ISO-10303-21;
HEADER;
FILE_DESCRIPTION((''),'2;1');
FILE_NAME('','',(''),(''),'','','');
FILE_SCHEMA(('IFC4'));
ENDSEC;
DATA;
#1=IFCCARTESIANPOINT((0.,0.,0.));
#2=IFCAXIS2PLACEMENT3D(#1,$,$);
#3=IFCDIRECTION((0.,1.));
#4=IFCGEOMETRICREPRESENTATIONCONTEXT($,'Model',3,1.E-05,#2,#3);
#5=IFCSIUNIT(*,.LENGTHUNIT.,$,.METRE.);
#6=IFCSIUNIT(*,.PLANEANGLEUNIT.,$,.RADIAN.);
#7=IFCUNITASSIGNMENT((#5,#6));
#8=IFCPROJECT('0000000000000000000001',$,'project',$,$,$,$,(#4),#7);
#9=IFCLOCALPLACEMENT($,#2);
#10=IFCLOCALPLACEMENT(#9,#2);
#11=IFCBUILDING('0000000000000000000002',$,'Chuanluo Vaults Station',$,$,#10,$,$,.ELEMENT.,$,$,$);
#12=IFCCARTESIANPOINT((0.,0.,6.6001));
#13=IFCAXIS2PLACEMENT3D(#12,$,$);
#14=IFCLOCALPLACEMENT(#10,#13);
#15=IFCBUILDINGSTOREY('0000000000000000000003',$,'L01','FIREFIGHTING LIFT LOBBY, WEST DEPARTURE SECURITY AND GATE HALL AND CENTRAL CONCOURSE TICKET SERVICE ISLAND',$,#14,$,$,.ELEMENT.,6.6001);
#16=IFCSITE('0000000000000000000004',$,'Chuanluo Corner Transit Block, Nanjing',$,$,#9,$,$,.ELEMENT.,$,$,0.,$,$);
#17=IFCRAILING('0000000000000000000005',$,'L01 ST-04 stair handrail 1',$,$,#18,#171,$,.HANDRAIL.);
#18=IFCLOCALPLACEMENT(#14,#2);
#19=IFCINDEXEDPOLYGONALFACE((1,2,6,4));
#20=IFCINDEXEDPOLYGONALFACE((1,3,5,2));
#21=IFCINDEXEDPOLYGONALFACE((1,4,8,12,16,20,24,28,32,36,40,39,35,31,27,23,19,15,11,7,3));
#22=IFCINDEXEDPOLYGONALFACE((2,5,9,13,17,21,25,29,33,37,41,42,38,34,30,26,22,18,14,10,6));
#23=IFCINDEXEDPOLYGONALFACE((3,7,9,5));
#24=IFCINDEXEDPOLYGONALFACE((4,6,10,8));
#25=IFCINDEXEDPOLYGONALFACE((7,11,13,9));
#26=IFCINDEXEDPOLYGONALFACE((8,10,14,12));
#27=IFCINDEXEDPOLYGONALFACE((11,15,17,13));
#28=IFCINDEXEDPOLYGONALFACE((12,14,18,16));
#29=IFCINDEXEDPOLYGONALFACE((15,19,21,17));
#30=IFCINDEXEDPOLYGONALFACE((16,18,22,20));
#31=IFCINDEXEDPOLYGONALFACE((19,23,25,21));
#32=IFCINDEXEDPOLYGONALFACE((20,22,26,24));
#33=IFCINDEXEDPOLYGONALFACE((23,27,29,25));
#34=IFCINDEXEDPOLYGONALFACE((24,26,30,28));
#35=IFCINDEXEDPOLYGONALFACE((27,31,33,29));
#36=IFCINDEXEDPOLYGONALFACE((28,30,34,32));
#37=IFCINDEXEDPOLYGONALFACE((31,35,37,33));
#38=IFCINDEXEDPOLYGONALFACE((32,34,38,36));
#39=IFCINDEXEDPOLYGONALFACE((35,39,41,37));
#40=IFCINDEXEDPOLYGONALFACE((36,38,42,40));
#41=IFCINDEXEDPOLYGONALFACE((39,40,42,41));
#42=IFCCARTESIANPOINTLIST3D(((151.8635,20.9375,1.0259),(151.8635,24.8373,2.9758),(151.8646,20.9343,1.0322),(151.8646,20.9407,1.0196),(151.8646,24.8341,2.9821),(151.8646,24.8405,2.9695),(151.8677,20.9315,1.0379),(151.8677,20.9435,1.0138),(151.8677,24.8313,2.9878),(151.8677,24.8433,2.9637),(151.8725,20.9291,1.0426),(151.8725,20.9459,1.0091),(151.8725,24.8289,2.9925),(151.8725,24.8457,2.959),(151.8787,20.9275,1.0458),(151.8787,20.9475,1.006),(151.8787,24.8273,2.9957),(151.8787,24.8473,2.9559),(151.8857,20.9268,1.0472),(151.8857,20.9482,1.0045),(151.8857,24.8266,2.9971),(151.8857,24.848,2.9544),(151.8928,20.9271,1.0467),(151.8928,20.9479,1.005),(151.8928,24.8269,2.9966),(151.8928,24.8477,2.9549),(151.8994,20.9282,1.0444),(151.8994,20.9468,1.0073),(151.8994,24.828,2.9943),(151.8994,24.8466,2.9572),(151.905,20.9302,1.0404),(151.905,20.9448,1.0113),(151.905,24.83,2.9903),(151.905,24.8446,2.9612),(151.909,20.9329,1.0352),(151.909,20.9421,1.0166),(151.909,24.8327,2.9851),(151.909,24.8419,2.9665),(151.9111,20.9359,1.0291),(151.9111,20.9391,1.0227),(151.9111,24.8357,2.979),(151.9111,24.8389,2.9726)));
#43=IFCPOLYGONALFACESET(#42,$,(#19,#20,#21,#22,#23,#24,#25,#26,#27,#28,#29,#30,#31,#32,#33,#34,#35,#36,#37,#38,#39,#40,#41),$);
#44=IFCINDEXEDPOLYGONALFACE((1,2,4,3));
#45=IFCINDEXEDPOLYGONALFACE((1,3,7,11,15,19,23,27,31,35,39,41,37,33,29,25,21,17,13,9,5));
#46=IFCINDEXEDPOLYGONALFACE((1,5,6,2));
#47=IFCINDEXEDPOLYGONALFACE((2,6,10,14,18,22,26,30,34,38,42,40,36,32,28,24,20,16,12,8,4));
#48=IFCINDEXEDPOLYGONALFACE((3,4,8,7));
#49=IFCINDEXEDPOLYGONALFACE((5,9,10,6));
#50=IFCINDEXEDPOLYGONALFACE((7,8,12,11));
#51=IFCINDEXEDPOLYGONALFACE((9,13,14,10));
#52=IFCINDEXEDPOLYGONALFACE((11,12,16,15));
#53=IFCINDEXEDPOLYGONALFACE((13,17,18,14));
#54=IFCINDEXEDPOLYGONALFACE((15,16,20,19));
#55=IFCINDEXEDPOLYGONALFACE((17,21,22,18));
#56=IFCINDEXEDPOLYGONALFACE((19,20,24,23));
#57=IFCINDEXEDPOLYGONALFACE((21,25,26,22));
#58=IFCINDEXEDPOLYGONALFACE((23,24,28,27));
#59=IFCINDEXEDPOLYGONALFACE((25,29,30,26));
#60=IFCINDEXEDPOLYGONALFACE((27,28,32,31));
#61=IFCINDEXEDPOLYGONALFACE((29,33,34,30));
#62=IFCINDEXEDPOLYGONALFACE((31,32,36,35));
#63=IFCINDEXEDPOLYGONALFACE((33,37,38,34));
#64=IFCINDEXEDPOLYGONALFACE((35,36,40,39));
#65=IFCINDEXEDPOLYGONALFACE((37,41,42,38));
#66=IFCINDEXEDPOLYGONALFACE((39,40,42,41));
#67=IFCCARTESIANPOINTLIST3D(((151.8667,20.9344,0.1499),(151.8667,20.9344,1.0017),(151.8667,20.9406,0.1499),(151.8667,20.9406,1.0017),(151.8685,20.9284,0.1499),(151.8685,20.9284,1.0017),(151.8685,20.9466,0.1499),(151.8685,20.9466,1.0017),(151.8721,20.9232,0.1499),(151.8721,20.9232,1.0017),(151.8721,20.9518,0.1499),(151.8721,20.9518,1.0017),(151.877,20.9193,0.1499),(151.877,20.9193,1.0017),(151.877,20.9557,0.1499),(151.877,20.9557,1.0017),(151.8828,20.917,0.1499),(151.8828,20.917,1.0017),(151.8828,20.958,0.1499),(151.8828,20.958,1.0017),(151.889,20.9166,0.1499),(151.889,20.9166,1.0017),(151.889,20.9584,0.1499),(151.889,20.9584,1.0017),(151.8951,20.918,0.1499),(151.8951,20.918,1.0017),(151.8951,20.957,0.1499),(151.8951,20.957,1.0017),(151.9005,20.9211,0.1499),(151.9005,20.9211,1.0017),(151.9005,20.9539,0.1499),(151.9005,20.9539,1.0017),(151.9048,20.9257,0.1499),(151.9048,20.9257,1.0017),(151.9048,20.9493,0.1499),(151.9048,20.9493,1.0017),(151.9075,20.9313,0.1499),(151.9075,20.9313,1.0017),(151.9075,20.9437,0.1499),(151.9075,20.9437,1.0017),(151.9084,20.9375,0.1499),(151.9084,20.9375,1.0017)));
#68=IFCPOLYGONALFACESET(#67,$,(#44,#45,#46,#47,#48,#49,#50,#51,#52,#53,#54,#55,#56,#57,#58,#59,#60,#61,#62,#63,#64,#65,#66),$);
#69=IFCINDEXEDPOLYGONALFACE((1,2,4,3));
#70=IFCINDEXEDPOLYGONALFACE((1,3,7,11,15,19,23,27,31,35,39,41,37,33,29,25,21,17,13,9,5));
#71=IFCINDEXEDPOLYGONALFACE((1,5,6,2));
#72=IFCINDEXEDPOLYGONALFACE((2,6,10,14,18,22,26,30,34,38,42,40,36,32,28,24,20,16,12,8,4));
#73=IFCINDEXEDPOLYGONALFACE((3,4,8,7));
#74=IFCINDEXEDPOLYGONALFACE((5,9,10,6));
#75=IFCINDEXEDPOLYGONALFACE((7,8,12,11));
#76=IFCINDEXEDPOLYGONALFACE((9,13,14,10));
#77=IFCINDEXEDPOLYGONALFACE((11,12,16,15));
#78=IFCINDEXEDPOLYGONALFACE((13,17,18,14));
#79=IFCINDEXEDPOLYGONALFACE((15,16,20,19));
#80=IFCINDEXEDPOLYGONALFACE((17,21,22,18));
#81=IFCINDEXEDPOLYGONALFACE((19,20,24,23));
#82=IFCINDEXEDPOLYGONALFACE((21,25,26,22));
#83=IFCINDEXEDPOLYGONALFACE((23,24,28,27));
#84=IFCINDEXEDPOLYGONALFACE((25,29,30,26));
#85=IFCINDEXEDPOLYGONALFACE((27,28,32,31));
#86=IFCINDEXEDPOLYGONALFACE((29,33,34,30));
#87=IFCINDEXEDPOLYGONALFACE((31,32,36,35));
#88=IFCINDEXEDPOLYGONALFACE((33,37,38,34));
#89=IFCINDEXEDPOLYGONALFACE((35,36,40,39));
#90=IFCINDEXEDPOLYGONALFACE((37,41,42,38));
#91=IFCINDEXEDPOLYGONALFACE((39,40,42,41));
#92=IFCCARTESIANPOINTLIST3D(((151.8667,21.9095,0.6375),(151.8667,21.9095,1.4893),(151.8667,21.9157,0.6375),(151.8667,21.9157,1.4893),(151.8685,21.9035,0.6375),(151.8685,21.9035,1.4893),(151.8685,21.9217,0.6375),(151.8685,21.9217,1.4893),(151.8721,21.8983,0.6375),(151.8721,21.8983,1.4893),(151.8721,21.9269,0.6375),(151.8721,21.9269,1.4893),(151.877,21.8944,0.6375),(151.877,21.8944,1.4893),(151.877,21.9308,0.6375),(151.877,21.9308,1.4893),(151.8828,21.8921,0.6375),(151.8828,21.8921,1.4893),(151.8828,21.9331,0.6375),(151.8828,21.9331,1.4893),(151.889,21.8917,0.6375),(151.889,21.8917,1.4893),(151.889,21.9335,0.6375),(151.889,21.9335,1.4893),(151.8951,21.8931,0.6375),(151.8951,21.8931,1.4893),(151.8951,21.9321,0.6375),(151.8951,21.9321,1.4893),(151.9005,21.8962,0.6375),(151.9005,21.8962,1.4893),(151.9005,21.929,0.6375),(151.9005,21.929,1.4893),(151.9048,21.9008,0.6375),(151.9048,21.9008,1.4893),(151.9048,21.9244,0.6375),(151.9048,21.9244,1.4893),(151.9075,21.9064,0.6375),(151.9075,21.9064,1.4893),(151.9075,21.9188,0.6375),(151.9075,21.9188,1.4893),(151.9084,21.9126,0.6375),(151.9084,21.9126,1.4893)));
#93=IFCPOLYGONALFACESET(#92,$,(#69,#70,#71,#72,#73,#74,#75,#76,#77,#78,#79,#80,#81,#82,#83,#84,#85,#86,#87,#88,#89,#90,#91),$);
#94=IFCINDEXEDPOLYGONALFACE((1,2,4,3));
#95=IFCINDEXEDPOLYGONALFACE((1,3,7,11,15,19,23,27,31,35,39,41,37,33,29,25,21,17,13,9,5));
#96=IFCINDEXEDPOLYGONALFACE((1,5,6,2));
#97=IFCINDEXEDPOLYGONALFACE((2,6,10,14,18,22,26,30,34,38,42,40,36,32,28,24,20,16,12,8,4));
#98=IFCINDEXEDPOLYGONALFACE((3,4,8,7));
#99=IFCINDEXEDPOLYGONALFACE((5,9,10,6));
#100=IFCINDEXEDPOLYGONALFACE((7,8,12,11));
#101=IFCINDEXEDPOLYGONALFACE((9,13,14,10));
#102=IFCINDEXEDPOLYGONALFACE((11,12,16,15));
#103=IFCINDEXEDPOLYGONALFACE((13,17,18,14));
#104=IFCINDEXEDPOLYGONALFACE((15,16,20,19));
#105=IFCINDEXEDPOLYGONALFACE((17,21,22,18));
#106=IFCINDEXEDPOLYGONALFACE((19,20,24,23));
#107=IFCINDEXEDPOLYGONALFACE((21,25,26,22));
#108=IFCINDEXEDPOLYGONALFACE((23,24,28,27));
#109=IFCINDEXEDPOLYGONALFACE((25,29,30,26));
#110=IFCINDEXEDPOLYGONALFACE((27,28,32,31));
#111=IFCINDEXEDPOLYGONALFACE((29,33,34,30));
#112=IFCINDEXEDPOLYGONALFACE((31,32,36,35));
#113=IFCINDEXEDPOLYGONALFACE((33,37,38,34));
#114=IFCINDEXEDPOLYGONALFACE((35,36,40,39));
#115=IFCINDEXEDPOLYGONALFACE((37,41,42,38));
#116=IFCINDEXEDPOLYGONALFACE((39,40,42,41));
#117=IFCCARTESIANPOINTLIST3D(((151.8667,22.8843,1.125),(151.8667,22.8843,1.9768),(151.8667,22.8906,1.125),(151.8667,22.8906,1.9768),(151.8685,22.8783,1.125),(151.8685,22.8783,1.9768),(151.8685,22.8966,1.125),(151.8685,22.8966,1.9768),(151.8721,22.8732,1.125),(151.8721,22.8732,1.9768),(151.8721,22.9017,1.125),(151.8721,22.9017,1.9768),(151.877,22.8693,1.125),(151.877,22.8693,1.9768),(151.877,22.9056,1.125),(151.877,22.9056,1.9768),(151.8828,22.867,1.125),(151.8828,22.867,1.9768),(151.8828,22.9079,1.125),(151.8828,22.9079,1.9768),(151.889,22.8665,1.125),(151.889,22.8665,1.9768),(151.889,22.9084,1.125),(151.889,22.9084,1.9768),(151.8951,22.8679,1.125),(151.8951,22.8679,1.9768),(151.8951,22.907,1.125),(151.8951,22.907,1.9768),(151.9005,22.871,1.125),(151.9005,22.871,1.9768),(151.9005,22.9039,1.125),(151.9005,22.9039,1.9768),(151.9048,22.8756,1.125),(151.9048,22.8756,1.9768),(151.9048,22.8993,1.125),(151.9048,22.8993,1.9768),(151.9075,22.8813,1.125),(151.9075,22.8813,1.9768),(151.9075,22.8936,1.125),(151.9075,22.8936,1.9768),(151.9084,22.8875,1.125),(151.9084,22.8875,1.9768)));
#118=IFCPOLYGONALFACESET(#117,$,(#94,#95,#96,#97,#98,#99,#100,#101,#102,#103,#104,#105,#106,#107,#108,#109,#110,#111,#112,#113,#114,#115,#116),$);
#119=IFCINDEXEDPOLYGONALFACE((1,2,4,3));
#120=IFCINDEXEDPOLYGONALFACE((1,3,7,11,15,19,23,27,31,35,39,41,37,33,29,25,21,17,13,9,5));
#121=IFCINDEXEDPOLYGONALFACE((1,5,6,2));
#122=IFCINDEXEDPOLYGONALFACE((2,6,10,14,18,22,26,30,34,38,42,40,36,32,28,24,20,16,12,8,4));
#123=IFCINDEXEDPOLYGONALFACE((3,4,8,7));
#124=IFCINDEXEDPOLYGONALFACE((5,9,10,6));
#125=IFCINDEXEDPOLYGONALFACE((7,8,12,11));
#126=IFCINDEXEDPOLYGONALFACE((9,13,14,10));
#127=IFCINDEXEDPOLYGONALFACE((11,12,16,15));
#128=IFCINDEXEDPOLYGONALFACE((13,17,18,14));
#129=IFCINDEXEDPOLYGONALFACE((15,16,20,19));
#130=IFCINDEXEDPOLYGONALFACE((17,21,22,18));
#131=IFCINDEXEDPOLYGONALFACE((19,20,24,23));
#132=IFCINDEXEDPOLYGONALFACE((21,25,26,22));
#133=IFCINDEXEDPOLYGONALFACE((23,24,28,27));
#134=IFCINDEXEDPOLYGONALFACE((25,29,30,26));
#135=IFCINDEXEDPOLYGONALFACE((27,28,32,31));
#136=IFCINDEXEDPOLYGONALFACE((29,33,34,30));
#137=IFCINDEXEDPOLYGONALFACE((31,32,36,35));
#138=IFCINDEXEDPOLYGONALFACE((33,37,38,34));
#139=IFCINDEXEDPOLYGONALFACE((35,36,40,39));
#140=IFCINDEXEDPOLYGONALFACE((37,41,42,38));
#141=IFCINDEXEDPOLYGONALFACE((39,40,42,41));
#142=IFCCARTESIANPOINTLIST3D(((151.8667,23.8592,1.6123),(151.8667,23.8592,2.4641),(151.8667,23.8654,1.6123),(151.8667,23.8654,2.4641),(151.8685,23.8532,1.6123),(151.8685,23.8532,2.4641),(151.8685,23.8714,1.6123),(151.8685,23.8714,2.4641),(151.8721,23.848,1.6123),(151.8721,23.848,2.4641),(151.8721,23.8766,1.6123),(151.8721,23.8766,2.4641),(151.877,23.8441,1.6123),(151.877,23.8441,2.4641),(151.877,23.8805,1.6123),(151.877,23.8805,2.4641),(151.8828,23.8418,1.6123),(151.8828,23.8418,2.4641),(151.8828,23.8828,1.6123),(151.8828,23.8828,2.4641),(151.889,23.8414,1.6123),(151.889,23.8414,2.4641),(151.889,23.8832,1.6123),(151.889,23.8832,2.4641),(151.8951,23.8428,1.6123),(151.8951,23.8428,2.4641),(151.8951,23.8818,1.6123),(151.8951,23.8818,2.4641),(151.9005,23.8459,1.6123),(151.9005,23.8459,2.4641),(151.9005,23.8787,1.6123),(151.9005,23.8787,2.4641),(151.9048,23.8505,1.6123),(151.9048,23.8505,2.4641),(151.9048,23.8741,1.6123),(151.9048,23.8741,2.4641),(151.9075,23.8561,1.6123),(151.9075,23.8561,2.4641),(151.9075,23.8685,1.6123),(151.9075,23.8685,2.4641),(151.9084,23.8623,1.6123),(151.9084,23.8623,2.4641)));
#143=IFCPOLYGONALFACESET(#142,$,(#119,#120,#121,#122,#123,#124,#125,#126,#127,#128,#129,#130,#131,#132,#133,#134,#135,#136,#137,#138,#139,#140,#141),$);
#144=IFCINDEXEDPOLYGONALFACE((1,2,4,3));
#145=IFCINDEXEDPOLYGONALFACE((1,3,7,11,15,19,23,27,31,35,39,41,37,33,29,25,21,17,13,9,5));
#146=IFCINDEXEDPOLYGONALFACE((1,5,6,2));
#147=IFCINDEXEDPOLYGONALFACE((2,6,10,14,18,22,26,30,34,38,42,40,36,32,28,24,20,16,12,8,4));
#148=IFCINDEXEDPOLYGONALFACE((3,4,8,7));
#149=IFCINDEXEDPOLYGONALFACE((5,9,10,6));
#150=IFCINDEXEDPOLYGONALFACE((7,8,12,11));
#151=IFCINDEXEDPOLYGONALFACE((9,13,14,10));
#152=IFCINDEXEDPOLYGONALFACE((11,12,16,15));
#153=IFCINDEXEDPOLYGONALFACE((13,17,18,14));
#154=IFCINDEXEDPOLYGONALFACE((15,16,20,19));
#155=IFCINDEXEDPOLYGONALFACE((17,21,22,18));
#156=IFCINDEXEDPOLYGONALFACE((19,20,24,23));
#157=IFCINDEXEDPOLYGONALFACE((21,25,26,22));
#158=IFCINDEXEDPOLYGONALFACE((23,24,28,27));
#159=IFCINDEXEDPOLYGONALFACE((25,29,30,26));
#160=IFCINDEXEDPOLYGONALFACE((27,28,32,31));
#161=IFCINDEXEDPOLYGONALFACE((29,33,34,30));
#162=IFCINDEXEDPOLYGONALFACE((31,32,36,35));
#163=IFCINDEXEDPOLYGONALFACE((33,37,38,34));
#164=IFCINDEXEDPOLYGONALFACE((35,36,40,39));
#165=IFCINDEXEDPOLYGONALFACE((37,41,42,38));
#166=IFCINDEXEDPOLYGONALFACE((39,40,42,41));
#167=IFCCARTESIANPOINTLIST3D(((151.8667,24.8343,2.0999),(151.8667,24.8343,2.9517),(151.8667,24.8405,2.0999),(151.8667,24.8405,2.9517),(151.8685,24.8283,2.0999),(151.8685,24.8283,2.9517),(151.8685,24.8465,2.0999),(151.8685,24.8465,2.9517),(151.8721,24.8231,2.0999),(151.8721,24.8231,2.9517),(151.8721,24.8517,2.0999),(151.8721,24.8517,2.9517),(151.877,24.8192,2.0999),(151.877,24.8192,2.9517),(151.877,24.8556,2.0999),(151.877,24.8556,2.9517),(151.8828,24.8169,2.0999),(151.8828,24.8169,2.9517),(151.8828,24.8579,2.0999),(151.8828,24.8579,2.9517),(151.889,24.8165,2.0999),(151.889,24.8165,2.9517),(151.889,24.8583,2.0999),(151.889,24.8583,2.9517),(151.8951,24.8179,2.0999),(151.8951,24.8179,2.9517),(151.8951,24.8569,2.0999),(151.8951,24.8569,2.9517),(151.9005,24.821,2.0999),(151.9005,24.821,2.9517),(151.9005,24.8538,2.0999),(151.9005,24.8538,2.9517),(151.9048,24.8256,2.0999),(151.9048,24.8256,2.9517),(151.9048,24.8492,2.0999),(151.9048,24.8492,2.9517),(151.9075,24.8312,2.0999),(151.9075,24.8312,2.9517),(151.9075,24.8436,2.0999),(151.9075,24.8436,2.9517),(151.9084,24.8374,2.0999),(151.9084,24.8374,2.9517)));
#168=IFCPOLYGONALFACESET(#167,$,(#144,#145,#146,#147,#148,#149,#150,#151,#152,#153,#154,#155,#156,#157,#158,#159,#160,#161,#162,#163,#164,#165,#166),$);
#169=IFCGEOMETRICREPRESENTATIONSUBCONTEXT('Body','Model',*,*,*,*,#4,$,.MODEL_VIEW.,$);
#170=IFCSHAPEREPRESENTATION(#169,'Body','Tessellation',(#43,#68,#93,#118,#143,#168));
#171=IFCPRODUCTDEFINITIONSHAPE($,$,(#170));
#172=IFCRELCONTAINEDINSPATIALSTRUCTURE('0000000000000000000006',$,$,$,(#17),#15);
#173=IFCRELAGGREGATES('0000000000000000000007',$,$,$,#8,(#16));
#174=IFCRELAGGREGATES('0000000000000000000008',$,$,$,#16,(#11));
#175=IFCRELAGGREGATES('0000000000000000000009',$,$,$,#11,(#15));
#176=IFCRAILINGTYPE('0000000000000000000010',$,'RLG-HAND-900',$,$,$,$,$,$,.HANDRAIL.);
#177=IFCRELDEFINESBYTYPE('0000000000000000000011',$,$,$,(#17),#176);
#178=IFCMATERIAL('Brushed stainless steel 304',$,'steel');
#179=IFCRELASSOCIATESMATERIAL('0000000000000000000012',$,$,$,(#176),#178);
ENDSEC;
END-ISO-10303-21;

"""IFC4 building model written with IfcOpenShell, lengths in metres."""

from ifc_helpers import new_model, si_unit, direction, frame, origin, origin_2d, place, context, subcontext, project, spatial, circle, extrude, material, type_object, element, save


model = new_model("IFC4")

# Units and contexts
model_context = context("Model", 3, precision=1e-05, world=origin(), true_north=direction((0.0, 1.0)))
body_context = subcontext(model_context, "Body", "Model", "MODEL_VIEW")
ifc_project = project(units=[si_unit("LENGTHUNIT", "METRE"), si_unit("PLANEANGLEUNIT", "RADIAN")], contexts=[model_context])

# Site, building, storey
site_placement = place(None, origin())
site = spatial("IfcSite", under=ifc_project, at=site_placement, Name="Chuanluo Corner Transit Block, Nanjing", CompositionType="ELEMENT", RefElevation=0.0)
building_placement = place(site_placement, origin())
building = spatial("IfcBuilding", under=site, at=building_placement, Name="Chuanluo Vaults Station", CompositionType="ELEMENT")
storey_placement = place(building_placement, frame((0.0, 0.0, 6.6001)))
storey = spatial("IfcBuildingStorey", under=building, at=storey_placement, Name="L01", Description="FIREFIGHTING LIFT LOBBY, WEST DEPARTURE SECURITY AND GATE HALL AND CENTRAL CONCOURSE TICKET SERVICE ISLAND", CompositionType="ELEMENT", Elevation=6.6001)

# Railing
ifc_material_1 = material(Name="Brushed stainless steel 304", Category="steel")
railing_type_1 = type_object("IfcRailingType", Name="RLG-HAND-900", PredefinedType="HANDRAIL", material=ifc_material_1)
railing_1_placement = place(storey_placement, frame((151.8875, 20.9375, 0.1499)))
element("IfcRailing", 1, at=railing_1_placement, inside=storey, type_object=railing_type_1, Name="L01 ST-04 stair handrail 1", PredefinedType="HANDRAIL", context=body_context, shape_type="SweptSolid", body=[
    extrude(circle(Radius=0.0239, at=origin_2d()), frame((0.0, 0.0, 0.876), z_axis=(0.0, 0.894427, 0.447214), x_axis=(-1.0, 0.0, 0.0)), (0.0, 0.0, 1.0), 4.3601),
    extrude(circle(Radius=0.021, at=origin_2d()), origin(), (0.0, 0.0, 1.0), 0.8518),
    extrude(circle(Radius=0.021, at=origin_2d()), frame((0.0, 0.9751, 0.4875)), (0.0, 0.0, 1.0), 0.8518),
    extrude(circle(Radius=0.021, at=origin_2d()), frame((0.0, 1.95, 0.9751)), (0.0, 0.0, 1.0), 0.8518),
    extrude(circle(Radius=0.021, at=origin_2d()), frame((0.0, 2.9248, 1.4624)), (0.0, 0.0, 1.0), 0.8518),
    extrude(circle(Radius=0.021, at=origin_2d()), frame((0.0, 3.8999, 1.95)), (0.0, 0.0, 1.0), 0.8518),
])

save(model, "model.ifc")
